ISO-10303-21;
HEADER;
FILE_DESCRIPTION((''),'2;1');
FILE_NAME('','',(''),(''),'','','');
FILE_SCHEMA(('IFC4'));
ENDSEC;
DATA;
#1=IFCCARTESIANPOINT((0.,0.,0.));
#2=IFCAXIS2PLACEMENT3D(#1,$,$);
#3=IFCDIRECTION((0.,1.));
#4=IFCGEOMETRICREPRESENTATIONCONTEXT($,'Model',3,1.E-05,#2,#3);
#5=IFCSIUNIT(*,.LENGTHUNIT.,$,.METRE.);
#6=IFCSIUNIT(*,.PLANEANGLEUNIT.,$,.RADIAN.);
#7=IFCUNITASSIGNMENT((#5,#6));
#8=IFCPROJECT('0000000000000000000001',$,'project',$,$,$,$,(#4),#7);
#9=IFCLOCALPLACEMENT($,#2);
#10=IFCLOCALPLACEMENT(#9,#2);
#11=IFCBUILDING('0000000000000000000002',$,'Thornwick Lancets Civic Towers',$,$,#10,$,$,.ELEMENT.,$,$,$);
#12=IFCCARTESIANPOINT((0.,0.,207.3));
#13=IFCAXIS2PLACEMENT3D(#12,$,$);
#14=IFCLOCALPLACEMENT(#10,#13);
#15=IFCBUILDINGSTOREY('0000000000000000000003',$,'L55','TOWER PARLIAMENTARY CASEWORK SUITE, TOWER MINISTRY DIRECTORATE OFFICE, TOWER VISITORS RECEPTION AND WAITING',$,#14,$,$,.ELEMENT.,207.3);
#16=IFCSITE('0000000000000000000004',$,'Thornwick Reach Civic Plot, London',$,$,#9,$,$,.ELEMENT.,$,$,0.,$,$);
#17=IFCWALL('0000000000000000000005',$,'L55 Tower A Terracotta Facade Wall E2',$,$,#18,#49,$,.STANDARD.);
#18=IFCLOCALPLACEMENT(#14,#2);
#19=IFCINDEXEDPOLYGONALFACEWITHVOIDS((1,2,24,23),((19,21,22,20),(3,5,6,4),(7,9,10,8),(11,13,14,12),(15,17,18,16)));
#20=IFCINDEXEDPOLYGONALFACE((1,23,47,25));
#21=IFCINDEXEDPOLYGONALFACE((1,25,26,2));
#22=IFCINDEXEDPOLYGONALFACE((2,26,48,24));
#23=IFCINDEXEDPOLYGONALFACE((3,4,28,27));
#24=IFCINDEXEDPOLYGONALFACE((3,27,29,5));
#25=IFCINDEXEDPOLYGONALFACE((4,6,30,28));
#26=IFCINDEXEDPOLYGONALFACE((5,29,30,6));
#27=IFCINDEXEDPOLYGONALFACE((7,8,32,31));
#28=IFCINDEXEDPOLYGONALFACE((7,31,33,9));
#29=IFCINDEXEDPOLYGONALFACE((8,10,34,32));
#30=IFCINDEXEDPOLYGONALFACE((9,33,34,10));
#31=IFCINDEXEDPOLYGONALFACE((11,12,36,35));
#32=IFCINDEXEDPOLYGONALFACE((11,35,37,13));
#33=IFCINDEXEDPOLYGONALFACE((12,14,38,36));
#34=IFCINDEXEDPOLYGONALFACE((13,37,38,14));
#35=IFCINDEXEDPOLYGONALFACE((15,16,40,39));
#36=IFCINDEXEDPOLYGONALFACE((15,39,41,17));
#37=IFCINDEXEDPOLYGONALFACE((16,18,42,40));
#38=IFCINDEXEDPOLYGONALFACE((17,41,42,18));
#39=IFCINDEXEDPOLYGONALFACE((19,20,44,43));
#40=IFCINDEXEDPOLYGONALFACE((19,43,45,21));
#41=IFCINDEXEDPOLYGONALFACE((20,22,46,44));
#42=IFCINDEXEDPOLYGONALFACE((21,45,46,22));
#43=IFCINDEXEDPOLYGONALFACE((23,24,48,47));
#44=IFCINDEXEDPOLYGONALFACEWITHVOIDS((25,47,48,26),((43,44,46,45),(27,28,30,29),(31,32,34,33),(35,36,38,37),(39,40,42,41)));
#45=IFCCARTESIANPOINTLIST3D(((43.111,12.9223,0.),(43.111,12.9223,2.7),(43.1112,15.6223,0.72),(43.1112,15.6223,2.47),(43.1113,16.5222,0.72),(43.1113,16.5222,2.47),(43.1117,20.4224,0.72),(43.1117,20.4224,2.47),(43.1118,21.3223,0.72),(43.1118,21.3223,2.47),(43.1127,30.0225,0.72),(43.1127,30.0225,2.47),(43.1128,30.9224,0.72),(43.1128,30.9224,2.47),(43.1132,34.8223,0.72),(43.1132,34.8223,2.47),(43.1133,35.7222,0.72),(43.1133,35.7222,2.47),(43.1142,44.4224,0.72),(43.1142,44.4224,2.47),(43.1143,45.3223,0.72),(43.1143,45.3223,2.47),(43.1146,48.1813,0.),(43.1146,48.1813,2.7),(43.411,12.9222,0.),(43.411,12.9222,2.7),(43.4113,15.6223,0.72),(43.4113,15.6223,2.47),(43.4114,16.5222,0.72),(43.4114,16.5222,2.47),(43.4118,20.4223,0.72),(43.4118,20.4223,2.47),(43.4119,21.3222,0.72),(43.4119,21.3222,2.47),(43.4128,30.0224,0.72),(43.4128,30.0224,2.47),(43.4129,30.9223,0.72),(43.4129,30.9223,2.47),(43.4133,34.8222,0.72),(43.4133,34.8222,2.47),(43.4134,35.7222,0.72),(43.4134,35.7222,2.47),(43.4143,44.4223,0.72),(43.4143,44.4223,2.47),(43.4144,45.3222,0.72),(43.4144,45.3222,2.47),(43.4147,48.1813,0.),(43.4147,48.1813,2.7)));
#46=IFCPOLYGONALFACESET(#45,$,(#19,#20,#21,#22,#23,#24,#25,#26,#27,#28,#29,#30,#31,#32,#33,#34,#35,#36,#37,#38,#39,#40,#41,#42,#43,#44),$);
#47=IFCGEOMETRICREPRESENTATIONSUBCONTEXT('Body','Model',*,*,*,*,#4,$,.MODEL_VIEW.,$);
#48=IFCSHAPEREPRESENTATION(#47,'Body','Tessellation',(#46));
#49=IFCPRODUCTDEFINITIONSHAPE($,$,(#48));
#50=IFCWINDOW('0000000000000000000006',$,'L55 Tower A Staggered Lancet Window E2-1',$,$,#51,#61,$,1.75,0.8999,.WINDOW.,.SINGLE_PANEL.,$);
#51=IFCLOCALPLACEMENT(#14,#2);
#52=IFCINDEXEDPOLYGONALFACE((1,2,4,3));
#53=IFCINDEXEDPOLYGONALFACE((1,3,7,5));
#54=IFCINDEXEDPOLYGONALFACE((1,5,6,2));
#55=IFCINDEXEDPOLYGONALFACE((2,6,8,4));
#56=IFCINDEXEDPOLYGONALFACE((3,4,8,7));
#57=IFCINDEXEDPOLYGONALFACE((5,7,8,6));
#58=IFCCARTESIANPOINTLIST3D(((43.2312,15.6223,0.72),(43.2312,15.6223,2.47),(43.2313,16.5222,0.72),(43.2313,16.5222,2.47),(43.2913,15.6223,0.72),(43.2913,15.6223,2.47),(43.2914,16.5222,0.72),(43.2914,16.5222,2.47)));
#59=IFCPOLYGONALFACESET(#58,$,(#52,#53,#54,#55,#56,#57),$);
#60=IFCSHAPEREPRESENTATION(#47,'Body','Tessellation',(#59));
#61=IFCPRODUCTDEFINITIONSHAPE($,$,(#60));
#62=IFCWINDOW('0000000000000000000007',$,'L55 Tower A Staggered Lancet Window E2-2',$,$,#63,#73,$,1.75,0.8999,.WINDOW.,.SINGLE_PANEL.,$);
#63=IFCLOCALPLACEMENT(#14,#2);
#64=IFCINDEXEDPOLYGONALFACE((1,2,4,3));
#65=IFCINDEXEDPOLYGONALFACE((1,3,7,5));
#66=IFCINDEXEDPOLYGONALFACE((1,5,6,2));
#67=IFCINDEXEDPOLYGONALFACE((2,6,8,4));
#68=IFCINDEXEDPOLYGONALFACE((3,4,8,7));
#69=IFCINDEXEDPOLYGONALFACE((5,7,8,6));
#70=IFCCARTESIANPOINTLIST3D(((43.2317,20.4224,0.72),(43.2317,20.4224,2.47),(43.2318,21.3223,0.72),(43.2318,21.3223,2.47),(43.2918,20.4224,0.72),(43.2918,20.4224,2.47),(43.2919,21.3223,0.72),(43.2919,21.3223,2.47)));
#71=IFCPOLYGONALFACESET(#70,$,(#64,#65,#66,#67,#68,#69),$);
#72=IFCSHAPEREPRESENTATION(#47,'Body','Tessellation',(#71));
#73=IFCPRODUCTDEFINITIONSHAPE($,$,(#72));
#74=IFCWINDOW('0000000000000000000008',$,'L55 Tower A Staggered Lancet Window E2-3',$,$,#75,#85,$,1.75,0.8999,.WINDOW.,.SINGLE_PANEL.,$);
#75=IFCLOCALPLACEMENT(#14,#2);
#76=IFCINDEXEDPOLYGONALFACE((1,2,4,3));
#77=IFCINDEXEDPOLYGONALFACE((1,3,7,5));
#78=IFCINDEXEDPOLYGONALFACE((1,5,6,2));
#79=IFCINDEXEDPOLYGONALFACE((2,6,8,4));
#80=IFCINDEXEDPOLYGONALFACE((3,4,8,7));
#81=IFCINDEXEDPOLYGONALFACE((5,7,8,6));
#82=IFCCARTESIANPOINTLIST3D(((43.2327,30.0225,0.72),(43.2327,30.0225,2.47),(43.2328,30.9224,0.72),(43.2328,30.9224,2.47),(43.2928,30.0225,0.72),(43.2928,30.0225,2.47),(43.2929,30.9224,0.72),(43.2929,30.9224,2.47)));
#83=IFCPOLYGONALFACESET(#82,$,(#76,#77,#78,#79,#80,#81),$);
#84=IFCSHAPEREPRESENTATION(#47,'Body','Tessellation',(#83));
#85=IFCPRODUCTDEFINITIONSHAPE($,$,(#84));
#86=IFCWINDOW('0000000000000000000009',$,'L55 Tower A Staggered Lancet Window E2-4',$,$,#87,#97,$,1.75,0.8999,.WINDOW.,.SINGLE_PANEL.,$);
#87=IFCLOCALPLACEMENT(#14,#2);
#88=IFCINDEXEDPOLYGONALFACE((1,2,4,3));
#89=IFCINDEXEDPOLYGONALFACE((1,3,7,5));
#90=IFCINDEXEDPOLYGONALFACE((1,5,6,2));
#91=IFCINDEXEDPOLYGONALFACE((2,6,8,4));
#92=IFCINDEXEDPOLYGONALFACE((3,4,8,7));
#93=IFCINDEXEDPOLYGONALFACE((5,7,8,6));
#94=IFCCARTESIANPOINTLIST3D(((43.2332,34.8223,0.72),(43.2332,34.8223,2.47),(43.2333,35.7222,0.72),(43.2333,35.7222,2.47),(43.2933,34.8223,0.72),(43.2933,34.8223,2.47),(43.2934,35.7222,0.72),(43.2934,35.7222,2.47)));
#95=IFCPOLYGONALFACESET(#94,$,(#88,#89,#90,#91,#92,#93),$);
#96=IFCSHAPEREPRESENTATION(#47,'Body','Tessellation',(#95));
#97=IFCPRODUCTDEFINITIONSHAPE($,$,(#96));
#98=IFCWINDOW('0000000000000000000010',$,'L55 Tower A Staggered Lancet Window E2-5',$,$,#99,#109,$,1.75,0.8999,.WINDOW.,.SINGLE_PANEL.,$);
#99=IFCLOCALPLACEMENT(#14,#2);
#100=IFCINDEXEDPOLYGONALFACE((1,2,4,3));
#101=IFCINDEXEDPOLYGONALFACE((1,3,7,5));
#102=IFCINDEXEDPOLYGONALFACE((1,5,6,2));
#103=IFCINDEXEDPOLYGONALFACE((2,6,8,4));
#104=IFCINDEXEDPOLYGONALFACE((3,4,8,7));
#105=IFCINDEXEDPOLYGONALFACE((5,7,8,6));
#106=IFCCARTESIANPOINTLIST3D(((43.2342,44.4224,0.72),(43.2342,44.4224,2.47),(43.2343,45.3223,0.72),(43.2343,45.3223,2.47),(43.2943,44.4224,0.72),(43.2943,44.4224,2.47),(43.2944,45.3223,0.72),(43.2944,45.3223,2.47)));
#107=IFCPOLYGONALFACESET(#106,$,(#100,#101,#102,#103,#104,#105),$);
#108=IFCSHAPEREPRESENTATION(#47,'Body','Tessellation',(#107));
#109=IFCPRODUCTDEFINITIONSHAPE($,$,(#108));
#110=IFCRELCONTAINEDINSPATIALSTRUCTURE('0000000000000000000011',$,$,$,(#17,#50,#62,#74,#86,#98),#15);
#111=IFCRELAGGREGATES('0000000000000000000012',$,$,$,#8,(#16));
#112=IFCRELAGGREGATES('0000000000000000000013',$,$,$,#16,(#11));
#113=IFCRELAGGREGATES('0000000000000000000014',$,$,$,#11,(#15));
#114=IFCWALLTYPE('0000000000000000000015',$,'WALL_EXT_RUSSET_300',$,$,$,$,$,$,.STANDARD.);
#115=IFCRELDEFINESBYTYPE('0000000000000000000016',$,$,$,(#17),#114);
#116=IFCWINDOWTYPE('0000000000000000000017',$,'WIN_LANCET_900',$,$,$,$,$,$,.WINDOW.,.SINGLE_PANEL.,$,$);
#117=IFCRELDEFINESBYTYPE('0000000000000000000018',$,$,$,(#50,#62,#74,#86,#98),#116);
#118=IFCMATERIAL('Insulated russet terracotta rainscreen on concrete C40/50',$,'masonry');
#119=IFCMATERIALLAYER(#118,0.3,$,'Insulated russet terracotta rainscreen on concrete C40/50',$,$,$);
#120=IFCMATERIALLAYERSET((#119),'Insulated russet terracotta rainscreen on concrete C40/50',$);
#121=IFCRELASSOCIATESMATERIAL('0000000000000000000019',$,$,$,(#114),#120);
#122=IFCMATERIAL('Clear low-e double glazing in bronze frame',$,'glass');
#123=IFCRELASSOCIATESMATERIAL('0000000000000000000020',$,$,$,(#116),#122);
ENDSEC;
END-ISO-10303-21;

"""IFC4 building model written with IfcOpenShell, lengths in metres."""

from ifc_helpers import new_model, si_unit, direction, frame, frame_2d, origin, place, context, subcontext, project, spatial, rectangle, extrude, material, layer, layer_set, type_object, element, fill, save


model = new_model("IFC4")

# Units and contexts
model_context = context("Model", 3, precision=1e-05, world=origin(), true_north=direction((0.0, 1.0)))
body_context = subcontext(model_context, "Body", "Model", "MODEL_VIEW")
ifc_project = project(units=[si_unit("LENGTHUNIT", "METRE"), si_unit("PLANEANGLEUNIT", "RADIAN")], contexts=[model_context])

# Site, building, storey
site_placement = place(None, origin())
site = spatial("IfcSite", under=ifc_project, at=site_placement, Name="Thornwick Reach Civic Plot, London", CompositionType="ELEMENT", RefElevation=0.0)
building_placement = place(site_placement, origin())
building = spatial("IfcBuilding", under=site, at=building_placement, Name="Thornwick Lancets Civic Towers", CompositionType="ELEMENT")
storey_placement = place(building_placement, frame((0.0, 0.0, 207.3)))
storey = spatial("IfcBuildingStorey", under=building, at=storey_placement, Name="L55", Description="TOWER PARLIAMENTARY CASEWORK SUITE, TOWER MINISTRY DIRECTORATE OFFICE, TOWER VISITORS RECEPTION AND WAITING", CompositionType="ELEMENT", Elevation=207.3)

# Wall, openings, windows
ifc_material_1 = material(Name="Insulated russet terracotta rainscreen on concrete C40/50", Category="masonry")
ifc_layer_1 = layer(ifc_material_1, 0.3, Name="Insulated russet terracotta rainscreen on concrete C40/50")
ifc_layer_set_1 = layer_set([ifc_layer_1], Name="Insulated russet terracotta rainscreen on concrete C40/50")
wall_type_1 = type_object("IfcWallType", Name="WALL_EXT_RUSSET_300", PredefinedType="STANDARD", material=ifc_layer_set_1)
wall_1_placement = place(storey_placement, frame((43.261, 12.9224, 0.0), z_axis=(0.0, 0.0, 1.0), x_axis=(0.000104, 1.0, 0.0)))
wall_1 = element("IfcWall", 1, at=wall_1_placement, inside=storey, type_object=wall_type_1, Name="L55 Tower A Terracotta Facade Wall E2", PredefinedType="STANDARD", context=body_context, shape_type="SweptSolid", body=[
    extrude(rectangle(XDim=35.259, YDim=0.3, at=frame_2d((17.6294, 0.0))), origin(), (0.0, 0.0, 1.0), 2.7),
])
opening_1_placement = place(wall_1_placement, frame((2.7, 0.0, 0.72)))
opening_1 = element("IfcOpeningElement", 2, at=opening_1_placement, cuts=wall_1, PredefinedType="OPENING", context=body_context, shape_type="SweptSolid", body=[
    extrude(rectangle(XDim=0.8999, YDim=1.75, at=frame_2d((0.45, 0.875))), frame((0.0, 0.1602, 0.0), z_axis=(0.0, -1.0, 0.0), x_axis=(1.0, 0.0, 0.0)), (0.0, 0.0, 1.0), 0.3201),
])
opening_2_placement = place(wall_1_placement, frame((7.5, 0.0, 0.72)))
opening_2 = element("IfcOpeningElement", 3, at=opening_2_placement, cuts=wall_1, PredefinedType="OPENING", context=body_context, shape_type="SweptSolid", body=[
    extrude(rectangle(XDim=0.8999, YDim=1.75, at=frame_2d((0.45, 0.875))), frame((0.0, 0.1602, 0.0), z_axis=(0.0, -1.0, 0.0), x_axis=(1.0, 0.0, 0.0)), (0.0, 0.0, 1.0), 0.3201),
])
opening_3_placement = place(wall_1_placement, frame((17.1001, 0.0, 0.72)))
opening_3 = element("IfcOpeningElement", 4, at=opening_3_placement, cuts=wall_1, PredefinedType="OPENING", context=body_context, shape_type="SweptSolid", body=[
    extrude(rectangle(XDim=0.8999, YDim=1.75, at=frame_2d((0.45, 0.875))), frame((0.0, 0.1602, 0.0), z_axis=(0.0, -1.0, 0.0), x_axis=(1.0, 0.0, 0.0)), (0.0, 0.0, 1.0), 0.3201),
])
opening_4_placement = place(wall_1_placement, frame((21.8999, 0.0, 0.72)))
opening_4 = element("IfcOpeningElement", 5, at=opening_4_placement, cuts=wall_1, PredefinedType="OPENING", context=body_context, shape_type="SweptSolid", body=[
    extrude(rectangle(XDim=0.8999, YDim=1.75, at=frame_2d((0.45, 0.875))), frame((0.0, 0.1602, 0.0), z_axis=(0.0, -1.0, 0.0), x_axis=(1.0, 0.0, 0.0)), (0.0, 0.0, 1.0), 0.3201),
])
opening_5_placement = place(wall_1_placement, frame((31.5, 0.0, 0.72)))
opening_5 = element("IfcOpeningElement", 6, at=opening_5_placement, cuts=wall_1, PredefinedType="OPENING", context=body_context, shape_type="SweptSolid", body=[
    extrude(rectangle(XDim=0.8999, YDim=1.75, at=frame_2d((0.45, 0.875))), frame((0.0, 0.1602, 0.0), z_axis=(0.0, -1.0, 0.0), x_axis=(1.0, 0.0, 0.0)), (0.0, 0.0, 1.0), 0.3201),
])
ifc_material_2 = material(Name="Clear low-e double glazing in bronze frame", Category="glass")
window_type = type_object("IfcWindowType", Name="WIN_LANCET_900", PartitioningType="SINGLE_PANEL", PredefinedType="WINDOW", material=ifc_material_2)
window_1_placement = place(opening_1_placement, origin())
window_1 = element("IfcWindow", 7, at=window_1_placement, inside=storey, type_object=window_type, Name="L55 Tower A Staggered Lancet Window E2-1", OverallHeight=1.75, OverallWidth=0.8999, PartitioningType="SINGLE_PANEL", PredefinedType="WINDOW", context=body_context, shape_type="SweptSolid", body=[
    extrude(rectangle(XDim=0.8999, YDim=1.75, at=frame_2d((0.45, 0.875))), frame((0.0, 0.03, 0.0), z_axis=(0.0, -1.0, 0.0), x_axis=(1.0, 0.0, 0.0)), (0.0, 0.0, 1.0), 0.0601),
])
fill(opening_1, window_1)
window_2_placement = place(opening_2_placement, origin())
window_2 = element("IfcWindow", 8, at=window_2_placement, inside=storey, type_object=window_type, Name="L55 Tower A Staggered Lancet Window E2-2", OverallHeight=1.75, OverallWidth=0.8999, PartitioningType="SINGLE_PANEL", PredefinedType="WINDOW", context=body_context, shape_type="SweptSolid", body=[
    extrude(rectangle(XDim=0.8999, YDim=1.75, at=frame_2d((0.45, 0.875))), frame((0.0, 0.03, 0.0), z_axis=(0.0, -1.0, 0.0), x_axis=(1.0, 0.0, 0.0)), (0.0, 0.0, 1.0), 0.0601),
])
fill(opening_2, window_2)
window_3_placement = place(opening_3_placement, origin())
window_3 = element("IfcWindow", 9, at=window_3_placement, inside=storey, type_object=window_type, Name="L55 Tower A Staggered Lancet Window E2-3", OverallHeight=1.75, OverallWidth=0.8999, PartitioningType="SINGLE_PANEL", PredefinedType="WINDOW", context=body_context, shape_type="SweptSolid", body=[
    extrude(rectangle(XDim=0.8999, YDim=1.75, at=frame_2d((0.45, 0.875))), frame((0.0, 0.03, 0.0), z_axis=(0.0, -1.0, 0.0), x_axis=(1.0, 0.0, 0.0)), (0.0, 0.0, 1.0), 0.0601),
])
fill(opening_3, window_3)
window_4_placement = place(opening_4_placement, origin())
window_4 = element("IfcWindow", 10, at=window_4_placement, inside=storey, type_object=window_type, Name="L55 Tower A Staggered Lancet Window E2-4", OverallHeight=1.75, OverallWidth=0.8999, PartitioningType="SINGLE_PANEL", PredefinedType="WINDOW", context=body_context, shape_type="SweptSolid", body=[
    extrude(rectangle(XDim=0.8999, YDim=1.75, at=frame_2d((0.45, 0.875))), frame((0.0, 0.03, 0.0), z_axis=(0.0, -1.0, 0.0), x_axis=(1.0, 0.0, 0.0)), (0.0, 0.0, 1.0), 0.0601),
])
fill(opening_4, window_4)
window_5_placement = place(opening_5_placement, origin())
window_5 = element("IfcWindow", 11, at=window_5_placement, inside=storey, type_object=window_type, Name="L55 Tower A Staggered Lancet Window E2-5", OverallHeight=1.75, OverallWidth=0.8999, PartitioningType="SINGLE_PANEL", PredefinedType="WINDOW", context=body_context, shape_type="SweptSolid", body=[
    extrude(rectangle(XDim=0.8999, YDim=1.75, at=frame_2d((0.45, 0.875))), frame((0.0, 0.03, 0.0), z_axis=(0.0, -1.0, 0.0), x_axis=(1.0, 0.0, 0.0)), (0.0, 0.0, 1.0), 0.0601),
])
fill(opening_5, window_5)

save(model, "model.ifc")
